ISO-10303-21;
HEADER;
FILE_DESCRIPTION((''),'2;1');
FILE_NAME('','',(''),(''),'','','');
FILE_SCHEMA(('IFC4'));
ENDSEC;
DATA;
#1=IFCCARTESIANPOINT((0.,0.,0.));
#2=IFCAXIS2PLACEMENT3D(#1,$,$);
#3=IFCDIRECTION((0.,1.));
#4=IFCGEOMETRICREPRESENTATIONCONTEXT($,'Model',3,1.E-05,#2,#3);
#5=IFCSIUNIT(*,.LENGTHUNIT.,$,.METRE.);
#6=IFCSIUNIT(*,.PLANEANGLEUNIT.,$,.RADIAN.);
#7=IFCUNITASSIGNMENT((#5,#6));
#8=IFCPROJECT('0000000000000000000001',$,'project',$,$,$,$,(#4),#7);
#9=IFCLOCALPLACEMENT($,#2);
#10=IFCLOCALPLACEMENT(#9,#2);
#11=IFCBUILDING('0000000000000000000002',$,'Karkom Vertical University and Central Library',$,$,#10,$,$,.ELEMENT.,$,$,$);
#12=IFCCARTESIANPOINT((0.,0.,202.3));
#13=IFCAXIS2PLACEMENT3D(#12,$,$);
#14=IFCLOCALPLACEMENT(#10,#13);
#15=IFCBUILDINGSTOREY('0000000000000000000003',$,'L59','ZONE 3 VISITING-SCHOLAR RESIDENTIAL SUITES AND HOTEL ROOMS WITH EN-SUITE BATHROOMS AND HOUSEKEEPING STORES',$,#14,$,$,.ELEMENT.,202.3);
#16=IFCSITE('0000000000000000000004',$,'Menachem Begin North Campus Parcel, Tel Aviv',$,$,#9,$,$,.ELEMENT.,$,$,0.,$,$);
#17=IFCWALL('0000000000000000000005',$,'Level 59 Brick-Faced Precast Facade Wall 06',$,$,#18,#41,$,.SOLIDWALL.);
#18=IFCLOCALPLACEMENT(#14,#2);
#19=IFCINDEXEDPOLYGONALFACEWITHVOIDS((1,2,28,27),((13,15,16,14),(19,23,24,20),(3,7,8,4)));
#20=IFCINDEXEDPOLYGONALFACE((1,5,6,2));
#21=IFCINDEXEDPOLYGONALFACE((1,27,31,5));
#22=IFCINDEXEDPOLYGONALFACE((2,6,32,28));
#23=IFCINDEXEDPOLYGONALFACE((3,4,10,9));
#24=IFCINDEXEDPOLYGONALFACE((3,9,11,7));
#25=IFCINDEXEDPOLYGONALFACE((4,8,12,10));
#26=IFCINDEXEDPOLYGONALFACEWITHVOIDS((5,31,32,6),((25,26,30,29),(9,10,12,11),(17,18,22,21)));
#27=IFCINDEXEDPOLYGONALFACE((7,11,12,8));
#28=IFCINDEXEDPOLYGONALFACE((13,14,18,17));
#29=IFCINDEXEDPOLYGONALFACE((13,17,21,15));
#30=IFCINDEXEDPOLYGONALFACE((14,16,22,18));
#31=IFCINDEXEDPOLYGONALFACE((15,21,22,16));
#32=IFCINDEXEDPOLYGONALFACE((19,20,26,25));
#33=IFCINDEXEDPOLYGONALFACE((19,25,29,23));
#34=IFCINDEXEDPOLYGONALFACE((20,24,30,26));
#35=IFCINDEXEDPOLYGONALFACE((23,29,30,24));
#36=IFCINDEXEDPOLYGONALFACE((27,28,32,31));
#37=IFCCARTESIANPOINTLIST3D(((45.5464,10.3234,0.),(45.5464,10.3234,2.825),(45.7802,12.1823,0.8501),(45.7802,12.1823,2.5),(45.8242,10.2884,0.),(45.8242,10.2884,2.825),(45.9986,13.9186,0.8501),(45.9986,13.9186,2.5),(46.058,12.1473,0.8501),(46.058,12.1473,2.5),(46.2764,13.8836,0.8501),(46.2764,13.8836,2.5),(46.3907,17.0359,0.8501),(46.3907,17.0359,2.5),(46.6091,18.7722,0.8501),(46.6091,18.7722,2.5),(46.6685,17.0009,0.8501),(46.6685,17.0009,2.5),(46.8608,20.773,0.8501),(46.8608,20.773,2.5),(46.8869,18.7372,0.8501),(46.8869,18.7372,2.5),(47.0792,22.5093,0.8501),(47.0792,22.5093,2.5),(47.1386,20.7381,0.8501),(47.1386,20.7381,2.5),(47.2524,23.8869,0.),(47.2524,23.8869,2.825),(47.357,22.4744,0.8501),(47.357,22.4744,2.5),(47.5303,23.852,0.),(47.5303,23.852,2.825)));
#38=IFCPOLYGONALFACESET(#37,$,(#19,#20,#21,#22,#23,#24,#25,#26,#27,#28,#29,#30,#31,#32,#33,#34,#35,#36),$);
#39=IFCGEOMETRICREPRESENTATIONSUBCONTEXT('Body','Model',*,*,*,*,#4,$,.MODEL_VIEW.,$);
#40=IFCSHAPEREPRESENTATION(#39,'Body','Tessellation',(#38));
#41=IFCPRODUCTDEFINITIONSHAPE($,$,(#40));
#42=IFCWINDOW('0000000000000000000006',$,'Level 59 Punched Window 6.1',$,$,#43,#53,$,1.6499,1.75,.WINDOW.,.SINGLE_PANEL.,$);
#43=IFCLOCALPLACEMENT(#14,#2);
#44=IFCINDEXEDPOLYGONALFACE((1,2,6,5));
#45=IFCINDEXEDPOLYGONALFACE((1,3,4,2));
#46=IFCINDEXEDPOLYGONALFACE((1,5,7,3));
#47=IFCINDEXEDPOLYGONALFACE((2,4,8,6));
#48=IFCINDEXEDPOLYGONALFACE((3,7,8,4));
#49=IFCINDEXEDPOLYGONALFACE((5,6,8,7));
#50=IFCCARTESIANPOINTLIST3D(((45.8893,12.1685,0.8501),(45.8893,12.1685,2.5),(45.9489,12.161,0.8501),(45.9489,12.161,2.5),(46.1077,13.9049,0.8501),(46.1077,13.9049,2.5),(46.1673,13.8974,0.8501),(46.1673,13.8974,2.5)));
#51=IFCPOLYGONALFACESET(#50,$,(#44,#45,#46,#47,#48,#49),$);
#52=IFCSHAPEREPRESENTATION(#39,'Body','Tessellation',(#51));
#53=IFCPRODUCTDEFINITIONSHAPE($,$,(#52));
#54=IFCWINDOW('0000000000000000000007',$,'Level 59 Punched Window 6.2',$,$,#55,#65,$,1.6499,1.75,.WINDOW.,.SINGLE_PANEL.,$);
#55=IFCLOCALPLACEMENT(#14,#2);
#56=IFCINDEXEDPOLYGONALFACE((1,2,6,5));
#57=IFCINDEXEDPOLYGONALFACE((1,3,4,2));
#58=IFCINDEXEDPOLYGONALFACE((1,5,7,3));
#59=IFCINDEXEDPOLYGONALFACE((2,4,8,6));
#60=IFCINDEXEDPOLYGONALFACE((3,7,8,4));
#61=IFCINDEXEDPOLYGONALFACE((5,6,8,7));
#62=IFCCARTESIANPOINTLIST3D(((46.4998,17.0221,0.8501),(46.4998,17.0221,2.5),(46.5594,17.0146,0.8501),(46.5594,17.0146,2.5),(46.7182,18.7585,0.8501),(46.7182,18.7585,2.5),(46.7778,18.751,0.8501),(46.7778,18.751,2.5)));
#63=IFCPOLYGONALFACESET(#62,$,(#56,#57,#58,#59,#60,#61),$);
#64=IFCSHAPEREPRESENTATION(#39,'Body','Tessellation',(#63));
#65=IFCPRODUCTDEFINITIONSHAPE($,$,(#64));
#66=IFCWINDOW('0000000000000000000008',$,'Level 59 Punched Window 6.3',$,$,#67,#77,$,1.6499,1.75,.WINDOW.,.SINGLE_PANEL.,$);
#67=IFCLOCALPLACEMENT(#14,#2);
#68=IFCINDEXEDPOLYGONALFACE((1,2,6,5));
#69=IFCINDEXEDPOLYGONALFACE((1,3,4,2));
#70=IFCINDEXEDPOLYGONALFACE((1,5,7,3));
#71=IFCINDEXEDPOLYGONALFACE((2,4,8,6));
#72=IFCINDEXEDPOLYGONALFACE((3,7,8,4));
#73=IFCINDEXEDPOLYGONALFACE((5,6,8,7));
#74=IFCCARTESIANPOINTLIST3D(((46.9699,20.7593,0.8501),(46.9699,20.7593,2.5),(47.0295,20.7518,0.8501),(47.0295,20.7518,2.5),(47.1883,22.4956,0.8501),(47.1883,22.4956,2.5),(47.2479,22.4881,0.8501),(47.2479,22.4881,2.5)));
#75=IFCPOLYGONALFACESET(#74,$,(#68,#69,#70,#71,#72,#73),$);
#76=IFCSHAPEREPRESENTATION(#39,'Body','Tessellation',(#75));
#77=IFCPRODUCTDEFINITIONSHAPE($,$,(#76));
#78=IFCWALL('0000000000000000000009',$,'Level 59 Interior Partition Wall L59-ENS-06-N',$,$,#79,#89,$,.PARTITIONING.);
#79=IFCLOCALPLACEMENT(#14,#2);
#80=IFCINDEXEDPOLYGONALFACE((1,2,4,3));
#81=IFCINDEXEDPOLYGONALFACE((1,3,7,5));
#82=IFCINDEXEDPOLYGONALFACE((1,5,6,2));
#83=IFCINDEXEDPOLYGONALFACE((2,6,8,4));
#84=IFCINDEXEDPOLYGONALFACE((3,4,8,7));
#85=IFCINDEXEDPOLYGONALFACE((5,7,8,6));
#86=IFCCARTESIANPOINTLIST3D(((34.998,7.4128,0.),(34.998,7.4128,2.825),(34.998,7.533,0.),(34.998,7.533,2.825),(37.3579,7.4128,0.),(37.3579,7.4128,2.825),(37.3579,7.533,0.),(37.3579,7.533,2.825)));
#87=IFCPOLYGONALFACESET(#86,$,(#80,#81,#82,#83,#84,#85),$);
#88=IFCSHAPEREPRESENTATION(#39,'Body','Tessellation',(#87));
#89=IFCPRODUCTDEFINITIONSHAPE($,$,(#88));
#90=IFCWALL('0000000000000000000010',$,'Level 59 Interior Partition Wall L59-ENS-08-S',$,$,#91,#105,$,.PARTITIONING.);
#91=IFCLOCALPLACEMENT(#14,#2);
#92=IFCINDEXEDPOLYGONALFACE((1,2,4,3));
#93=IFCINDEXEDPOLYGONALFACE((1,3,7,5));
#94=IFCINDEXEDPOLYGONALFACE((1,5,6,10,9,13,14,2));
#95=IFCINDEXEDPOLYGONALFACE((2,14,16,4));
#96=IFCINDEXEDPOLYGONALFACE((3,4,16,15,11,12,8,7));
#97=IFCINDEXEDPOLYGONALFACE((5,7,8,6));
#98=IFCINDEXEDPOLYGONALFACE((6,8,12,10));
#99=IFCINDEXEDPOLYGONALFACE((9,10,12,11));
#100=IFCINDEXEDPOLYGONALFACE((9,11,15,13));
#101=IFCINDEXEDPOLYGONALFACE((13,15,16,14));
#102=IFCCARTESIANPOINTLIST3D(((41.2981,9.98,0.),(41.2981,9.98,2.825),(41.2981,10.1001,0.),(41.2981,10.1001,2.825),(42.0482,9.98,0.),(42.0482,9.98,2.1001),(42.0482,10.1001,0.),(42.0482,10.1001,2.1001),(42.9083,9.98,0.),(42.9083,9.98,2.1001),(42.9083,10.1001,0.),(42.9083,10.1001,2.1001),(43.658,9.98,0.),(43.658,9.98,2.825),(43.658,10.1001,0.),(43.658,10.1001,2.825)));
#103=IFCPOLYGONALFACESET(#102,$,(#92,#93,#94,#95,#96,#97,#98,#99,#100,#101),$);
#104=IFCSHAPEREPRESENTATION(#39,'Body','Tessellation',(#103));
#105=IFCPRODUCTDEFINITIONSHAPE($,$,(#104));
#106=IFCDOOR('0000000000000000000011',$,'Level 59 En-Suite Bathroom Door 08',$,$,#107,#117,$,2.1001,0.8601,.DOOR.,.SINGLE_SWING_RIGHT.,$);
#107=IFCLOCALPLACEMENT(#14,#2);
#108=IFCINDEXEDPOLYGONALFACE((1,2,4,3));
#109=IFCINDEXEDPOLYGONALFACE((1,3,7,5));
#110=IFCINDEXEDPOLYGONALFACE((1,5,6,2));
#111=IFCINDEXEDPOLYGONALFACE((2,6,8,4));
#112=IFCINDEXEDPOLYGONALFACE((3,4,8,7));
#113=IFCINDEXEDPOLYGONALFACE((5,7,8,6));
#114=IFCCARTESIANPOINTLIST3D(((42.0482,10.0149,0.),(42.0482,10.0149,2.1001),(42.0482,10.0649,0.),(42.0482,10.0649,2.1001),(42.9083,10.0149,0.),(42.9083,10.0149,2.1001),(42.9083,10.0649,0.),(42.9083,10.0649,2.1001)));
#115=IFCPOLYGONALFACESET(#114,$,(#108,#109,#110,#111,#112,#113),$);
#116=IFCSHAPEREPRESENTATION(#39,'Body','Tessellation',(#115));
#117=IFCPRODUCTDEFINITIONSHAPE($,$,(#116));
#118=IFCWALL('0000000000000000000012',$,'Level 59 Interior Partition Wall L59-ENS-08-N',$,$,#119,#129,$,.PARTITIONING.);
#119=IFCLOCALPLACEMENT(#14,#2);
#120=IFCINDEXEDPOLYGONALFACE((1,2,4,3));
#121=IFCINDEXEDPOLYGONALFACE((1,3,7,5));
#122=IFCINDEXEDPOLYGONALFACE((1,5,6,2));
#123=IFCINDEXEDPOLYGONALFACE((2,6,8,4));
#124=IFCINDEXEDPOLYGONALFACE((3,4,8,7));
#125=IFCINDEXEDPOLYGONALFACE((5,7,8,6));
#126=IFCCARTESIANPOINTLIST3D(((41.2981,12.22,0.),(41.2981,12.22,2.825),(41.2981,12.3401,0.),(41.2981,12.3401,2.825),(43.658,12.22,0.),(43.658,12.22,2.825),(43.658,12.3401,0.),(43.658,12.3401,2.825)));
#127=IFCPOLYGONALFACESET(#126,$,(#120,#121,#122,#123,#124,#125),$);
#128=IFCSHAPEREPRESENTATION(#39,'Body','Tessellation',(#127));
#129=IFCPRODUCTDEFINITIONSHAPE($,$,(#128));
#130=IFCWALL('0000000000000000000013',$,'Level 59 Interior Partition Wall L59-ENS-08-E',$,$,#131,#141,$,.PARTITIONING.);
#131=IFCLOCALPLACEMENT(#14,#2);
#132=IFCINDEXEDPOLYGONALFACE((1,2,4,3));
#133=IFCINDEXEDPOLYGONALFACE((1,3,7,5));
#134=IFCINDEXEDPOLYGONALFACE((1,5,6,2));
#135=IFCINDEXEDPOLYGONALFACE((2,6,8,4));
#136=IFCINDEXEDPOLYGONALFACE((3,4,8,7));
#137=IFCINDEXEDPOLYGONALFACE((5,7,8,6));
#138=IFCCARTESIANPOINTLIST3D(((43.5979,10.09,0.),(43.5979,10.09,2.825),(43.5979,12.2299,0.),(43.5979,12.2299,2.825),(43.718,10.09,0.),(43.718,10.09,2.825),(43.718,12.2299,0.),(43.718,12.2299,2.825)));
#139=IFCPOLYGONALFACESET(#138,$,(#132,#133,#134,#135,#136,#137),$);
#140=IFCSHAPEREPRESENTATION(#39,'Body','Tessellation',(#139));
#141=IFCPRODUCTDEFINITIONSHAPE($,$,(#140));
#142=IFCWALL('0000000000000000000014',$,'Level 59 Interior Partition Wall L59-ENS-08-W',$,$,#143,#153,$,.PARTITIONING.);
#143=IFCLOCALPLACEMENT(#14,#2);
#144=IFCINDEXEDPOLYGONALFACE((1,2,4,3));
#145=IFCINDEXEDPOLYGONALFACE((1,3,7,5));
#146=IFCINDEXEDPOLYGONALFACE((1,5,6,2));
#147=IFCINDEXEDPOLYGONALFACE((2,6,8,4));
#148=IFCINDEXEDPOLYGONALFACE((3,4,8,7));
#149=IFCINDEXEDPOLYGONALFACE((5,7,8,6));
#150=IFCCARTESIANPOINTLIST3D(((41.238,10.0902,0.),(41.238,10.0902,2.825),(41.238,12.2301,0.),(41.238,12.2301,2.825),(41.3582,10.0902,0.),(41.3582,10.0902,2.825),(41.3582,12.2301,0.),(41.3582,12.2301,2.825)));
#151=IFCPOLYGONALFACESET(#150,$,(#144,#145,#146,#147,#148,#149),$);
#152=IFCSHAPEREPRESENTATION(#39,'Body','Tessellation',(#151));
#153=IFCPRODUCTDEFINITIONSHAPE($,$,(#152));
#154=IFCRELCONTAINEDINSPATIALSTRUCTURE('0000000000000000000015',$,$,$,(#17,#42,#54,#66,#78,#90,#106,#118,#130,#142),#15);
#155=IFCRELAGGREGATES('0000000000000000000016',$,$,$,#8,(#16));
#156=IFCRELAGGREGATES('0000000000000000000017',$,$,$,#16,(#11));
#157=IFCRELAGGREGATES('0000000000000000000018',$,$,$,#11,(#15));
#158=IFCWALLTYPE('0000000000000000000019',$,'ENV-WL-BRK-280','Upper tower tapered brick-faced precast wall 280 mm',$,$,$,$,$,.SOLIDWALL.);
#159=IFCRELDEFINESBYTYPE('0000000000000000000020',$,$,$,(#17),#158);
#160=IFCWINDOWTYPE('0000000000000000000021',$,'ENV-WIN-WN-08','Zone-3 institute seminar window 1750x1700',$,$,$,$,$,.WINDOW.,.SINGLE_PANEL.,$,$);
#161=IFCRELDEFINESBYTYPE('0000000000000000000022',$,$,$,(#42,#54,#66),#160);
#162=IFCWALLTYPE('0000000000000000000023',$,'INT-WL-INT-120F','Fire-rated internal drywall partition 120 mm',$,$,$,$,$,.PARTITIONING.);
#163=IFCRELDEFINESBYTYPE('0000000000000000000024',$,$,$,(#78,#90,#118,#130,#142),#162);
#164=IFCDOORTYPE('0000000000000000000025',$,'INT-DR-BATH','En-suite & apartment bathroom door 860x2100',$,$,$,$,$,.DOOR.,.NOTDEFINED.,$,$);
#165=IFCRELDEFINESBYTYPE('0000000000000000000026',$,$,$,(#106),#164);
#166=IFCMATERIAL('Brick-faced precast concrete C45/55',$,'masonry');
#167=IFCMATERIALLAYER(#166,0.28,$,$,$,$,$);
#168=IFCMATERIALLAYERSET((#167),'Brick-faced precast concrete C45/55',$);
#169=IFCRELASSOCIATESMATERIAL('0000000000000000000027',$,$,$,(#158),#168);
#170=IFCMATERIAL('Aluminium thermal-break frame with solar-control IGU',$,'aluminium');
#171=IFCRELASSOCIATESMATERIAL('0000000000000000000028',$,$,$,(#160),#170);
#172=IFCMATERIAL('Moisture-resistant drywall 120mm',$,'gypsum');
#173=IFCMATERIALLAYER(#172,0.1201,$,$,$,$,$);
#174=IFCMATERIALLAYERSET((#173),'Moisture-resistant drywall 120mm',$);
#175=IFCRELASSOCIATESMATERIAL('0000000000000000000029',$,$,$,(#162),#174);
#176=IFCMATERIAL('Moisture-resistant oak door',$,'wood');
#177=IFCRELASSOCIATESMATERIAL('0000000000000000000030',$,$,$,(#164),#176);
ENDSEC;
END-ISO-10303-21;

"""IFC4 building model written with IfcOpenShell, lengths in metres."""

from ifc_helpers import new_model, si_unit, direction, frame, frame_2d, origin, origin_with_axes, place, context, subcontext, project, spatial, rectangle, extrude, source, transform, mapped, material, layer, layer_set, type_object, element, fill, save


model = new_model("IFC4")

# Units and contexts
model_context = context("Model", 3, precision=1e-05, world=origin(), true_north=direction((0.0, 1.0)))
body_context = subcontext(model_context, "Body", "Model", "MODEL_VIEW")
ifc_project = project(units=[si_unit("LENGTHUNIT", "METRE"), si_unit("PLANEANGLEUNIT", "RADIAN")], contexts=[model_context])

# Site, building, storey
site_placement = place(None, origin())
site = spatial("IfcSite", under=ifc_project, at=site_placement, Name="Menachem Begin North Campus Parcel, Tel Aviv", CompositionType="ELEMENT", RefElevation=0.0)
building_placement = place(site_placement, origin())
building = spatial("IfcBuilding", under=site, at=building_placement, Name="Karkom Vertical University and Central Library", CompositionType="ELEMENT")
storey_placement = place(building_placement, frame((0.0, 0.0, 202.3)))
storey = spatial("IfcBuildingStorey", under=building, at=storey_placement, Name="L59", Description="ZONE 3 VISITING-SCHOLAR RESIDENTIAL SUITES AND HOTEL ROOMS WITH EN-SUITE BATHROOMS AND HOUSEKEEPING STORES", CompositionType="ELEMENT", Elevation=202.3)

# Wall, openings, windows
ifc_material_1 = material(Name="Brick-faced precast concrete C45/55", Category="masonry")
ifc_layer_1 = layer(ifc_material_1, 0.28)
ifc_layer_set_1 = layer_set([ifc_layer_1], Name="Brick-faced precast concrete C45/55")
wall_type_1 = type_object("IfcWallType", Name="ENV-WL-BRK-280", Description="Upper tower tapered brick-faced precast wall 280 mm", PredefinedType="SOLIDWALL", material=ifc_layer_set_1)
ifc_material_2 = material(Name="Aluminium thermal-break frame with solar-control IGU", Category="aluminium")
window_type_1 = type_object("IfcWindowType", Name="ENV-WIN-WN-08", Description="Zone-3 institute seminar window 1750x1700", PartitioningType="SINGLE_PANEL", PredefinedType="WINDOW", material=ifc_material_2)
shared_shape_1 = source(origin_with_axes(), body_context, "Body", "SweptSolid", [
    extrude(rectangle(XDim=1.75, YDim=1.6499, at=frame_2d((0.875, 0.825))), frame((0.0, 0.03, 0.0), z_axis=(0.0, -1.0, 0.0), x_axis=(1.0, 0.0, 0.0)), (0.0, 0.0, 1.0), 0.0601),
])
wall_1_placement = place(storey_placement, frame((45.6853, 10.3059, 0.0), z_axis=(0.0, 0.0, 1.0), x_axis=(0.1248, 0.992182, 0.0)))
wall_1 = element("IfcWall", 1, at=wall_1_placement, inside=storey, type_object=wall_type_1, Name="Level 59 Brick-Faced Precast Facade Wall 06", PredefinedType="SOLIDWALL", context=body_context, shape_type="SweptSolid", body=[
    extrude(rectangle(XDim=13.6704, YDim=0.28, at=frame_2d((6.8352, 0.0))), origin(), (0.0, 0.0, 1.0), 2.825),
])
opening_1_placement = place(wall_1_placement, frame((1.8735, 0.0, 0.8501)))
opening_1 = element("IfcOpeningElement", 2, at=opening_1_placement, cuts=wall_1, PredefinedType="OPENING", context=body_context, shape_type="SweptSolid", body=[
    extrude(rectangle(XDim=1.75, YDim=1.6499, at=frame_2d((0.875, 0.825))), frame((0.0, 0.1499, 0.0), z_axis=(0.0, -1.0, 0.0), x_axis=(1.0, 0.0, 0.0)), (0.0, 0.0, 1.0), 0.3),
])
opening_2_placement = place(wall_1_placement, frame((6.7654, 0.0, 0.8501)))
opening_2 = element("IfcOpeningElement", 3, at=opening_2_placement, cuts=wall_1, PredefinedType="OPENING", context=body_context, shape_type="SweptSolid", body=[
    extrude(rectangle(XDim=1.75, YDim=1.6499, at=frame_2d((0.875, 0.825))), frame((0.0, 0.1499, 0.0), z_axis=(0.0, -1.0, 0.0), x_axis=(1.0, 0.0, 0.0)), (0.0, 0.0, 1.0), 0.3),
])
opening_3_placement = place(wall_1_placement, frame((10.532, 0.0, 0.8501)))
opening_3 = element("IfcOpeningElement", 4, at=opening_3_placement, cuts=wall_1, PredefinedType="OPENING", context=body_context, shape_type="SweptSolid", body=[
    extrude(rectangle(XDim=1.75, YDim=1.6499, at=frame_2d((0.875, 0.825))), frame((0.0, 0.1499, 0.0), z_axis=(0.0, -1.0, 0.0), x_axis=(1.0, 0.0, 0.0)), (0.0, 0.0, 1.0), 0.3),
])
window_1_placement = place(opening_1_placement, origin())
window_1 = element("IfcWindow", 5, at=window_1_placement, inside=storey, type_object=window_type_1, Name="Level 59 Punched Window 6.1", OverallHeight=1.6499, OverallWidth=1.75, PartitioningType="SINGLE_PANEL", PredefinedType="WINDOW", context=body_context, shape_type="MappedRepresentation", body=[
    mapped(shared_shape_1, transform((0.0, 0.0, 0.0), scale=1.0)),
])
fill(opening_1, window_1)
window_2_placement = place(opening_2_placement, origin())
window_2 = element("IfcWindow", 6, at=window_2_placement, inside=storey, type_object=window_type_1, Name="Level 59 Punched Window 6.2", OverallHeight=1.6499, OverallWidth=1.75, PartitioningType="SINGLE_PANEL", PredefinedType="WINDOW", context=body_context, shape_type="MappedRepresentation", body=[
    mapped(shared_shape_1, transform((0.0, 0.0, 0.0), scale=1.0)),
])
fill(opening_2, window_2)
window_3_placement = place(opening_3_placement, origin())
window_3 = element("IfcWindow", 7, at=window_3_placement, inside=storey, type_object=window_type_1, Name="Level 59 Punched Window 6.3", OverallHeight=1.6499, OverallWidth=1.75, PartitioningType="SINGLE_PANEL", PredefinedType="WINDOW", context=body_context, shape_type="MappedRepresentation", body=[
    mapped(shared_shape_1, transform((0.0, 0.0, 0.0), scale=1.0)),
])
fill(opening_3, window_3)

# Wall
ifc_material_3 = material(Name="Moisture-resistant drywall 120mm", Category="gypsum")
ifc_layer_2 = layer(ifc_material_3, 0.1201)
ifc_layer_set_2 = layer_set([ifc_layer_2], Name="Moisture-resistant drywall 120mm")
wall_type_2 = type_object("IfcWallType", Name="INT-WL-INT-120F", Description="Fire-rated internal drywall partition 120 mm", PredefinedType="PARTITIONING", material=ifc_layer_set_2)
wall_2_placement = place(storey_placement, frame((37.3579, 7.4729, 0.0), z_axis=(0.0, 0.0, 1.0), x_axis=(-1.0, 0.0, 0.0)))
element("IfcWall", 8, at=wall_2_placement, inside=storey, type_object=wall_type_2, Name="Level 59 Interior Partition Wall L59-ENS-06-N", PredefinedType="PARTITIONING", context=body_context, shape_type="SweptSolid", body=[
    extrude(rectangle(XDim=2.3599, YDim=0.1201, at=frame_2d((1.1799, 0.0))), origin(), (0.0, 0.0, 1.0), 2.825),
])

# Wall, opening, door
wall_3_placement = place(storey_placement, frame((41.2981, 10.04, 0.0), z_axis=(0.0, 0.0, 1.0), x_axis=(1.0, 0.0, 0.0)))
wall_3 = element("IfcWall", 9, at=wall_3_placement, inside=storey, type_object=wall_type_2, Name="Level 59 Interior Partition Wall L59-ENS-08-S", PredefinedType="PARTITIONING", context=body_context, shape_type="SweptSolid", body=[
    extrude(rectangle(XDim=2.3599, YDim=0.1201, at=frame_2d((1.1799, 0.0))), origin(), (0.0, 0.0, 1.0), 2.825),
])
opening_4_placement = place(wall_3_placement, frame((0.75, 0.0, 0.0)))
opening_4 = element("IfcOpeningElement", 10, at=opening_4_placement, cuts=wall_3, PredefinedType="OPENING", context=body_context, shape_type="SweptSolid", body=[
    extrude(rectangle(XDim=0.8601, YDim=2.1001, at=frame_2d((0.4302, 1.05))), frame((0.0, 0.0701, 0.0), z_axis=(0.0, -1.0, 0.0), x_axis=(1.0, 0.0, 0.0)), (0.0, 0.0, 1.0), 0.1401),
])
ifc_material_4 = material(Name="Moisture-resistant oak door", Category="wood")
door_type_1 = type_object("IfcDoorType", Name="INT-DR-BATH", Description="En-suite & apartment bathroom door 860x2100", OperationType="NOTDEFINED", PredefinedType="DOOR", material=ifc_material_4)
shared_shape_2 = source(origin_with_axes(), body_context, "Body", "SweptSolid", [
    extrude(rectangle(XDim=0.8601, YDim=2.1001, at=frame_2d((0.4302, 1.05))), frame((0.0, 0.0249, 0.0), z_axis=(0.0, -1.0, 0.0), x_axis=(1.0, 0.0, 0.0)), (0.0, 0.0, 1.0), 0.05),
])
door_1_placement = place(opening_4_placement, origin())
door_1 = element("IfcDoor", 11, at=door_1_placement, inside=storey, type_object=door_type_1, Name="Level 59 En-Suite Bathroom Door 08", OperationType="SINGLE_SWING_RIGHT", OverallHeight=2.1001, OverallWidth=0.8601, PredefinedType="DOOR", context=body_context, shape_type="MappedRepresentation", body=[
    mapped(shared_shape_2, transform((0.0, 0.0, 0.0), scale=1.0)),
])
fill(opening_4, door_1)

# Walls
wall_4_placement = place(storey_placement, frame((43.658, 12.28, 0.0), z_axis=(0.0, 0.0, 1.0), x_axis=(-1.0, 0.0, 0.0)))
element("IfcWall", 12, at=wall_4_placement, inside=storey, type_object=wall_type_2, Name="Level 59 Interior Partition Wall L59-ENS-08-N", PredefinedType="PARTITIONING", context=body_context, shape_type="SweptSolid", body=[
    extrude(rectangle(XDim=2.3599, YDim=0.1201, at=frame_2d((1.1799, 0.0))), origin(), (0.0, 0.0, 1.0), 2.825),
])
for number, where, z_axis, x_axis, name in (
    (13, (43.658, 10.0901, 0.0), (0.0, 0.0, 1.0), (0.0, 1.0, 0.0), "Level 59 Interior Partition Wall L59-ENS-08-E"),
    (14, (41.2981, 12.23, 0.0), (0.0, 0.0, 1.0), (0.0, -1.0, 0.0), "Level 59 Interior Partition Wall L59-ENS-08-W"),
):
    element("IfcWall", number, at=place(storey_placement, frame(where, z_axis=z_axis, x_axis=x_axis)), inside=storey, type_object=wall_type_2, Name=name, PredefinedType="PARTITIONING", context=body_context, shape_type="SweptSolid", body=[
        extrude(rectangle(XDim=2.1399, YDim=0.1201, at=frame_2d((1.0698, 0.0))), origin(), (0.0, 0.0, 1.0), 2.825),
    ])

save(model, "model.ifc")
